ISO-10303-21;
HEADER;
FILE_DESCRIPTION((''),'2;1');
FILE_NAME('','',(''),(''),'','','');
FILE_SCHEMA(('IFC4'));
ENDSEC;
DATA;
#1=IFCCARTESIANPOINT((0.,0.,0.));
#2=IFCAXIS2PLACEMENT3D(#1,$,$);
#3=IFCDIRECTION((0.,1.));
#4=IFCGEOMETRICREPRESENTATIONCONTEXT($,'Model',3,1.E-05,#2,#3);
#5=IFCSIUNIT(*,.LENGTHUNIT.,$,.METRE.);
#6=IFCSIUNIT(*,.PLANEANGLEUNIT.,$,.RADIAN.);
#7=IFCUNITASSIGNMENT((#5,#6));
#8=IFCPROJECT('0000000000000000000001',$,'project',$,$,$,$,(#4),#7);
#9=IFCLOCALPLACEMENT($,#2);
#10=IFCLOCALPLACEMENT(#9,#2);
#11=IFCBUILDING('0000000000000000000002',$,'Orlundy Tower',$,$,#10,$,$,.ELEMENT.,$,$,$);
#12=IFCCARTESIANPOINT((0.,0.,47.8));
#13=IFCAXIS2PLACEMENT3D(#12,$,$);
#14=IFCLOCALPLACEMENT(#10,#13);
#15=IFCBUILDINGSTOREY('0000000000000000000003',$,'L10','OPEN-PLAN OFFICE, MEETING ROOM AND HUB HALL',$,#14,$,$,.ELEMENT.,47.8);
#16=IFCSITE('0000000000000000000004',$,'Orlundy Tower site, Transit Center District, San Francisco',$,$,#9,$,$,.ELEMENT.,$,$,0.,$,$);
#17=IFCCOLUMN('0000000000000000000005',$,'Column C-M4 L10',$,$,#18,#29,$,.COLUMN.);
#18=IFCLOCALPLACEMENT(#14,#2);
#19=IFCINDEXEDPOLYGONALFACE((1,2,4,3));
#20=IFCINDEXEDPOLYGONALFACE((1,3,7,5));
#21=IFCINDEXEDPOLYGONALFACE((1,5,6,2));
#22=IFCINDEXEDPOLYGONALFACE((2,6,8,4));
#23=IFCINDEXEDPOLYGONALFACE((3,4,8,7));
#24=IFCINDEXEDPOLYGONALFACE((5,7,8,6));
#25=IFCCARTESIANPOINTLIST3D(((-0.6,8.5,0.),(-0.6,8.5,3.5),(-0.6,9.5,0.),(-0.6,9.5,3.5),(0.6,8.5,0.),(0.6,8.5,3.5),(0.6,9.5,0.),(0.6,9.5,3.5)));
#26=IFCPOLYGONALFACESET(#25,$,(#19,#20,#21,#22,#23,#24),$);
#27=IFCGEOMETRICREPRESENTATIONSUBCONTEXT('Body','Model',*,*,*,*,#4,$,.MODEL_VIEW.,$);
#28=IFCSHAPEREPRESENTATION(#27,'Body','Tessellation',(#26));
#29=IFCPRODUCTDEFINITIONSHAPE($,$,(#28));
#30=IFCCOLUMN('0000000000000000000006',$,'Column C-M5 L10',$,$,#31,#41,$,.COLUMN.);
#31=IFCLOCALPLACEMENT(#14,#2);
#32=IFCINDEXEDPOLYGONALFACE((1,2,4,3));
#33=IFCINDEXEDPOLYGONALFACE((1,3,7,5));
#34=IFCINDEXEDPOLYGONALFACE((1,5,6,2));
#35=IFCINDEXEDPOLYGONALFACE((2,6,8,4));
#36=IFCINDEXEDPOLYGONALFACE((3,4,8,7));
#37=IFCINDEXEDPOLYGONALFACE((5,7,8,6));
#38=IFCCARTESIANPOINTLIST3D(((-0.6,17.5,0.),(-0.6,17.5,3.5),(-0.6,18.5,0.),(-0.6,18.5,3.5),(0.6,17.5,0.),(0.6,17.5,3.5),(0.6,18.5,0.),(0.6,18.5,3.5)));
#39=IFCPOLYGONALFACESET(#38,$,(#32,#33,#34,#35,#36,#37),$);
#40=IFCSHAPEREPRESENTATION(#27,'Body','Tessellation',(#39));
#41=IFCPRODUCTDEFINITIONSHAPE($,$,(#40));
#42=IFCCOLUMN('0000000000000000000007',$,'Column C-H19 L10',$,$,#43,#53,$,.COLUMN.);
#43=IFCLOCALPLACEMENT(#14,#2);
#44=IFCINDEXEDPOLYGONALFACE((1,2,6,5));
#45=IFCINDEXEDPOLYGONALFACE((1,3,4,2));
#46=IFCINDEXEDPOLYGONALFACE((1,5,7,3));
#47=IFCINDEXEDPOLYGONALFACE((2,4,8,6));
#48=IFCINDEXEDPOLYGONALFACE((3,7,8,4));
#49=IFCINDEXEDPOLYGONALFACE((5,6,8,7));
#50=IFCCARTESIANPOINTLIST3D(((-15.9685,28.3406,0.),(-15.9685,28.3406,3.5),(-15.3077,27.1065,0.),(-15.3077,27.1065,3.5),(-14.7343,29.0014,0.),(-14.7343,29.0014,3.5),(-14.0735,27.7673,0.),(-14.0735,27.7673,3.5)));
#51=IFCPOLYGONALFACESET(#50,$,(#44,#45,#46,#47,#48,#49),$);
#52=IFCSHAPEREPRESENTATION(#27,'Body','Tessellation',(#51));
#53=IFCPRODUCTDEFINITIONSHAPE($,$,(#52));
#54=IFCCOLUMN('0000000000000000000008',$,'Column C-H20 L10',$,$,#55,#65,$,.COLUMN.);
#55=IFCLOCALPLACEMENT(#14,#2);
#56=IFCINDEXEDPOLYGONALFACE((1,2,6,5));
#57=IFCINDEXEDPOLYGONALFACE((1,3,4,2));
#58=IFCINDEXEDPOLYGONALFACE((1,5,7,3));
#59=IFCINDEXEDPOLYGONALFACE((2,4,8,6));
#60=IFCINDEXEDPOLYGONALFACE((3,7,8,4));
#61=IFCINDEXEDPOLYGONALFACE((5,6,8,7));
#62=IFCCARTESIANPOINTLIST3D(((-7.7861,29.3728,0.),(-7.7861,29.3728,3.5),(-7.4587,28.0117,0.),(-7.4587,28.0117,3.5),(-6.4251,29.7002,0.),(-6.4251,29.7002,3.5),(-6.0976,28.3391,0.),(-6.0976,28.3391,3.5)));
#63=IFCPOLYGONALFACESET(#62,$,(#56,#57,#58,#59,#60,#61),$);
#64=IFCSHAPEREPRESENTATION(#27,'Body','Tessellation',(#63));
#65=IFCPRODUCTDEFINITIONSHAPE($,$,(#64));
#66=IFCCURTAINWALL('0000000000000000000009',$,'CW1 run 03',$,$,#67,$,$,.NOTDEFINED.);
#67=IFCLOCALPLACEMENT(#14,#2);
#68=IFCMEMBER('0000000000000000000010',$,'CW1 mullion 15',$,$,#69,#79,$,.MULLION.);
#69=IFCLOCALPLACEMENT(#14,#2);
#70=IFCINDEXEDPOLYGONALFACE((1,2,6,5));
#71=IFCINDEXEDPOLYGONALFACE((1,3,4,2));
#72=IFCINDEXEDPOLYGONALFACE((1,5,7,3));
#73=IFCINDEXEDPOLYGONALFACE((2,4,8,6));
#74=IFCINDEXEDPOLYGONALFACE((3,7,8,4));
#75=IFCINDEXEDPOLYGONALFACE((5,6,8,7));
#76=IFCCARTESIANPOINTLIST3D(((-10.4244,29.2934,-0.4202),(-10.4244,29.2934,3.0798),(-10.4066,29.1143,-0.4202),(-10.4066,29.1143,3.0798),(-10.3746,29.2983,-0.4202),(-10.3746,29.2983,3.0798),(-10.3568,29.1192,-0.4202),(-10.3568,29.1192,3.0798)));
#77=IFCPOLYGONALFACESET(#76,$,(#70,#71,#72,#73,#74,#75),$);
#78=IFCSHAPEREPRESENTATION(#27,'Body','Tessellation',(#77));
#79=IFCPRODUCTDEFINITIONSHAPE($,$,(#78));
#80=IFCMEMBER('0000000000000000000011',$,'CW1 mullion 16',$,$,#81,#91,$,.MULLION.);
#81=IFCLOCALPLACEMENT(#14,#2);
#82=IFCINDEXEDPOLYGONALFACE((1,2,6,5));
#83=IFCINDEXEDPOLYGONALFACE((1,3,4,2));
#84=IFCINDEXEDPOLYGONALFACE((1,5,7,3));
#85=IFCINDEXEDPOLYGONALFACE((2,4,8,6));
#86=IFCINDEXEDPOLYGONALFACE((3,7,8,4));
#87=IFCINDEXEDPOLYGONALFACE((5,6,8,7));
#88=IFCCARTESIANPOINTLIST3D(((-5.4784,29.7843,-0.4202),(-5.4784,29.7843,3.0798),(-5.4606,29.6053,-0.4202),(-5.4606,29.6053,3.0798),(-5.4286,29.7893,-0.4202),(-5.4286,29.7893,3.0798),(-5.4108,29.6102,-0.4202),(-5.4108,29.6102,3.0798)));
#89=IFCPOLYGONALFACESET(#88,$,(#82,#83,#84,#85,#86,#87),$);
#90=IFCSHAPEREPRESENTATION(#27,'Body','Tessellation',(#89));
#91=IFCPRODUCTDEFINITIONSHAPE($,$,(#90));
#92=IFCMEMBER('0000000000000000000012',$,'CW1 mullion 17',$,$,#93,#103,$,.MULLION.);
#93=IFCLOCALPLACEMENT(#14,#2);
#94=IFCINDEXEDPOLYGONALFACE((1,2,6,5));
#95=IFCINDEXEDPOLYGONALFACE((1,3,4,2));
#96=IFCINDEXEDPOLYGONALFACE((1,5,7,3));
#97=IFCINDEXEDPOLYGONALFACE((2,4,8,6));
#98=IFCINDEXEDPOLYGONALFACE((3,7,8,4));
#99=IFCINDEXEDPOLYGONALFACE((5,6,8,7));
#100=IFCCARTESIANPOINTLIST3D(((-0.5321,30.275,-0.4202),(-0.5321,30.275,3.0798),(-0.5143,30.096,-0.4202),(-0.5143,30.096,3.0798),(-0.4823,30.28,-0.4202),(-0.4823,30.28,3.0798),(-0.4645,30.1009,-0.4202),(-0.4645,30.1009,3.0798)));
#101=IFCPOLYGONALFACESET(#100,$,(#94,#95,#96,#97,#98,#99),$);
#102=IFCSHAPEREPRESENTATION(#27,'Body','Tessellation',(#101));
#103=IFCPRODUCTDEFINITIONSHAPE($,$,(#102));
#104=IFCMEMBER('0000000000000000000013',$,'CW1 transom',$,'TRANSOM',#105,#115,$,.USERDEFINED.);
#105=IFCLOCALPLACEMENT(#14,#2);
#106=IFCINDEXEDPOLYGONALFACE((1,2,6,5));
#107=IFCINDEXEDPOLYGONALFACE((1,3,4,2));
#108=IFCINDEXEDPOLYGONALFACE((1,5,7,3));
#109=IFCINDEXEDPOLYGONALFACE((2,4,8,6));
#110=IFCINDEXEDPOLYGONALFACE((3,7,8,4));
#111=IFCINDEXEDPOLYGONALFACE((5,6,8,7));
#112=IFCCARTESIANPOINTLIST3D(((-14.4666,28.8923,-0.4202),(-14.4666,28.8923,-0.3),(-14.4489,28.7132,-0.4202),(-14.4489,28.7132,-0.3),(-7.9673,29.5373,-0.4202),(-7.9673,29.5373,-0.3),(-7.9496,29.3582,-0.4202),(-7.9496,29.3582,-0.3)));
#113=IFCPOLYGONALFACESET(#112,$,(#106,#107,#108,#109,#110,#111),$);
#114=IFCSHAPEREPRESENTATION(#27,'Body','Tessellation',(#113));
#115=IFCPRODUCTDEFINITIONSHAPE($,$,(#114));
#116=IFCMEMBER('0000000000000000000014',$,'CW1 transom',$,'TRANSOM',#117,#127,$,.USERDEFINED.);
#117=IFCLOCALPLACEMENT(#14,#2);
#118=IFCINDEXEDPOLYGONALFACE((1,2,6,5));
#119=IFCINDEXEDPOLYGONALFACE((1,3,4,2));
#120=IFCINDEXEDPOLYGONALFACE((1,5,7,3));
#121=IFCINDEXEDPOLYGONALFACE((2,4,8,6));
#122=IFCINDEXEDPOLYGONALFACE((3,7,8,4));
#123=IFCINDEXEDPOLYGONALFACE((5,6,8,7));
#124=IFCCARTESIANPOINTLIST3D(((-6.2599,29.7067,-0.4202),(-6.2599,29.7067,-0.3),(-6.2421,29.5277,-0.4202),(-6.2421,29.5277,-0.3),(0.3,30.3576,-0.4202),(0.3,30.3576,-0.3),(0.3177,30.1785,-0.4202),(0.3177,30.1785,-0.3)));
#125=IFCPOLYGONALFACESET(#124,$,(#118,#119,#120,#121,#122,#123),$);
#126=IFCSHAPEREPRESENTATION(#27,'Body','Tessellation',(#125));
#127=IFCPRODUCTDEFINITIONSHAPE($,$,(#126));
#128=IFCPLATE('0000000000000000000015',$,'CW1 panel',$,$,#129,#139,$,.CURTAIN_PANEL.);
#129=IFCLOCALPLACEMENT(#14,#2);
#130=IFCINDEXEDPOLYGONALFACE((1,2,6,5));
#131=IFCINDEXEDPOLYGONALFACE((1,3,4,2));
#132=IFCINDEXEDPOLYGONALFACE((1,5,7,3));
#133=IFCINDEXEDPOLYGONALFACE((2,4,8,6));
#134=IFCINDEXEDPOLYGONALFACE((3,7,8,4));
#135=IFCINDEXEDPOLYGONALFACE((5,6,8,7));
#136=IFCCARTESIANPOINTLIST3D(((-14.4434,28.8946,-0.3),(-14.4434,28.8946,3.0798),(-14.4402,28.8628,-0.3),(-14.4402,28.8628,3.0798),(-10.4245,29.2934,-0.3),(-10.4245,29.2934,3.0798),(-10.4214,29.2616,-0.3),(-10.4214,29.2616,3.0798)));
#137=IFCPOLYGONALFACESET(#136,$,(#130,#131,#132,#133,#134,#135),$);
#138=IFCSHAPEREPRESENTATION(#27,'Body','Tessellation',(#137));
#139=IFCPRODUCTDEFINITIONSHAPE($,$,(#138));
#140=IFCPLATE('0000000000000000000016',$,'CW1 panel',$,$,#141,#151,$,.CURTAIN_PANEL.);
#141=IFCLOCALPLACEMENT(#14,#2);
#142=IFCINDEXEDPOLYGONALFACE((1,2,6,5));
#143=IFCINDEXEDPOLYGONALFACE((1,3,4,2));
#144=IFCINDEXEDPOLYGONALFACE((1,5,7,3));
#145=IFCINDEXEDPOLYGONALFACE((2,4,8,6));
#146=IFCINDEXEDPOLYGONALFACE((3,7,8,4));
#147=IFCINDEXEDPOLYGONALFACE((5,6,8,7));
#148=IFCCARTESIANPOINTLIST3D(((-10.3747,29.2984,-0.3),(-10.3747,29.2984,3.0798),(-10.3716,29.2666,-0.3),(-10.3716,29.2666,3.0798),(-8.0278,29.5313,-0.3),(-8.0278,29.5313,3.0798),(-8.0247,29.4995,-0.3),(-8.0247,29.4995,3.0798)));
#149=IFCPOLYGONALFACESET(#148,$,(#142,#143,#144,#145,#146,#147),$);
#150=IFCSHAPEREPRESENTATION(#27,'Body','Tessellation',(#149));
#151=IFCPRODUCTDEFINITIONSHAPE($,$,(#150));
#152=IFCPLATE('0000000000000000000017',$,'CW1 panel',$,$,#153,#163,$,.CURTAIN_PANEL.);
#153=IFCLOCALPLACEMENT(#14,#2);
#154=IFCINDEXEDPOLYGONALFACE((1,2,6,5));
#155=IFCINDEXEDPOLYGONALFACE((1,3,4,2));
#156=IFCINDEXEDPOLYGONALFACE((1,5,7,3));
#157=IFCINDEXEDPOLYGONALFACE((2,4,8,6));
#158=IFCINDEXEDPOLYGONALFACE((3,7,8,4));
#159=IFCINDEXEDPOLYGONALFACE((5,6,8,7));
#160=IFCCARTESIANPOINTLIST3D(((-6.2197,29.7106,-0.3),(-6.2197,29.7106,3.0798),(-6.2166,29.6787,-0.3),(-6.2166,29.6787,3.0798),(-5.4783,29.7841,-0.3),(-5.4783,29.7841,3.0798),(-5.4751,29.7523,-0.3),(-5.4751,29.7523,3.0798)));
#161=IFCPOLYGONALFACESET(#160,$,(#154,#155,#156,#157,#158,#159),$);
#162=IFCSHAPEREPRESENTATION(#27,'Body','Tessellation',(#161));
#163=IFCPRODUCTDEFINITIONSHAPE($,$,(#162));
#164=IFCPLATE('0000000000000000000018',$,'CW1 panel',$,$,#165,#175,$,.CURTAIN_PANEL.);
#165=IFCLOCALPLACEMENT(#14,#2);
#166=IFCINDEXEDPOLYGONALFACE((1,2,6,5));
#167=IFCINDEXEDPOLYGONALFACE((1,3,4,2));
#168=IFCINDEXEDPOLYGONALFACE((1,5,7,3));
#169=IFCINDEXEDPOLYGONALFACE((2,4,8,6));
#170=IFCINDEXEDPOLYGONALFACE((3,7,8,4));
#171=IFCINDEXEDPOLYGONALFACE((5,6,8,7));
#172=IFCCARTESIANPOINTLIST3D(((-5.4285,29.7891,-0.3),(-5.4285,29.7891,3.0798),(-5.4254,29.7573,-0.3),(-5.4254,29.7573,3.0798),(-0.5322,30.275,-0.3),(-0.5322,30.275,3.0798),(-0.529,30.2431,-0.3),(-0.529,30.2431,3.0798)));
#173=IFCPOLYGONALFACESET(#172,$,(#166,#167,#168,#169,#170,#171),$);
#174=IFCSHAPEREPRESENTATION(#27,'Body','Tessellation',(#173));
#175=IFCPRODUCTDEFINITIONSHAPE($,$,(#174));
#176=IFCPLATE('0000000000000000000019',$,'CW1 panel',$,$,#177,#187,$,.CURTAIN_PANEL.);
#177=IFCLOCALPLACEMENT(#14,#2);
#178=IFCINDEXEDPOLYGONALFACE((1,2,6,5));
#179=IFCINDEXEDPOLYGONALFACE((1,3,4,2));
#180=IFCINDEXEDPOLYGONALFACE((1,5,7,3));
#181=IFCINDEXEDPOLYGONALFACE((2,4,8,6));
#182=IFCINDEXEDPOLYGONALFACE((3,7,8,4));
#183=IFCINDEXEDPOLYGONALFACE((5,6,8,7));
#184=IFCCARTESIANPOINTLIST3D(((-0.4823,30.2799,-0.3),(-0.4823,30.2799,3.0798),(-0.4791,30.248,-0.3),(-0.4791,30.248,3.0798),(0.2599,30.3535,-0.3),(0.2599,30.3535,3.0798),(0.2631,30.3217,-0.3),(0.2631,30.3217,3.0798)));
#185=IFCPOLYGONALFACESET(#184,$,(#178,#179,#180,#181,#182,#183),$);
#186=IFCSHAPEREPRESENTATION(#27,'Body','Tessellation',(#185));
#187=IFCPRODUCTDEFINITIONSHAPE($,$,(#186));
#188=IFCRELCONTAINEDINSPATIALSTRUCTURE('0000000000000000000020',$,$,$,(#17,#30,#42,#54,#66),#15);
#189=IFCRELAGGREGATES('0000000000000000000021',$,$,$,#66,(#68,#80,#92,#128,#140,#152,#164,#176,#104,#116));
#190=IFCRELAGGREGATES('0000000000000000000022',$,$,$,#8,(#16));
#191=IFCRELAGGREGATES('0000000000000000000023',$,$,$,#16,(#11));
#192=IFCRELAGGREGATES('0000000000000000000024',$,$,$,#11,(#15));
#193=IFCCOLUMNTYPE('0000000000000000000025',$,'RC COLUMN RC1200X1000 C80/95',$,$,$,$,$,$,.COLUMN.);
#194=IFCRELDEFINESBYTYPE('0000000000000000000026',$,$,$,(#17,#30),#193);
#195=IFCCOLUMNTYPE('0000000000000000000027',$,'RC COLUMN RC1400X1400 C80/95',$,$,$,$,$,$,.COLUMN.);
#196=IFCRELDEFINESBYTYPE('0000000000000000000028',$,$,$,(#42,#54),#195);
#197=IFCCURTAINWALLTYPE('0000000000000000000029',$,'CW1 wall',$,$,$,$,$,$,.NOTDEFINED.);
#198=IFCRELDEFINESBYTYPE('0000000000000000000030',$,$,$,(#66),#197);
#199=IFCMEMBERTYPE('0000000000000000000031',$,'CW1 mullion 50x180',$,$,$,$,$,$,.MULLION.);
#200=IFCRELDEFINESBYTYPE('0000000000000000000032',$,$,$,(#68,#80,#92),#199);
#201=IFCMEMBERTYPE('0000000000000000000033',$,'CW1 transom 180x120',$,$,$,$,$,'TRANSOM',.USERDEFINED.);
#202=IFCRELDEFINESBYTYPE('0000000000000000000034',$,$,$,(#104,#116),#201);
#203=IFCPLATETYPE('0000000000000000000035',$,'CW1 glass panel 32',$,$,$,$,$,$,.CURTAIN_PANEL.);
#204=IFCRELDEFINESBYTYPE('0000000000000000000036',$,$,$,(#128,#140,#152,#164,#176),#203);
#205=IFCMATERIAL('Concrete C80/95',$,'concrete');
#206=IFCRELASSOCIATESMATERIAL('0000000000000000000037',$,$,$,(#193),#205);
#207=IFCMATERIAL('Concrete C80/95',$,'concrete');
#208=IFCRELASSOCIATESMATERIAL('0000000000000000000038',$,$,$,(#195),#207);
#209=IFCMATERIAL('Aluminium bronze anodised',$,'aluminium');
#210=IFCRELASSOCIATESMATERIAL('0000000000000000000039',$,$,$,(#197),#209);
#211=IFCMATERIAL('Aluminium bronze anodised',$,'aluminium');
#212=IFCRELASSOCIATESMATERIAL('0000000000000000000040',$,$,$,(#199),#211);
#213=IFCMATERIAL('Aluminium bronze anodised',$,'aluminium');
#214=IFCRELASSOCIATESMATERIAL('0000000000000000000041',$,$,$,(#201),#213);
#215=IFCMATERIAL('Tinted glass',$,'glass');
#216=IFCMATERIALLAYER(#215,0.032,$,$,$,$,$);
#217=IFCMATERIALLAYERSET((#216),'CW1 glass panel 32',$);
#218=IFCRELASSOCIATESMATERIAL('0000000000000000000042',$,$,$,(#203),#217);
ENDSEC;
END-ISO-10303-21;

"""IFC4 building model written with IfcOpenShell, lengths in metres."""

from ifc_helpers import new_model, si_unit, direction, frame, origin, origin_2d, place, context, subcontext, project, spatial, rectangle, extrude, material, layer, layer_set, material_profile, profile_set, type_object, element, aggregate, save


model = new_model("IFC4")

# Units and contexts
model_context = context("Model", 3, precision=1e-05, world=origin(), true_north=direction((0.0, 1.0)))
body_context = subcontext(model_context, "Body", "Model", "MODEL_VIEW")
ifc_project = project(units=[si_unit("LENGTHUNIT", "METRE"), si_unit("PLANEANGLEUNIT", "RADIAN")], contexts=[model_context])

# Site, building, storey
site_placement = place(None, origin())
site = spatial("IfcSite", under=ifc_project, at=site_placement, Name="Orlundy Tower site, Transit Center District, San Francisco", CompositionType="ELEMENT", RefElevation=0.0)
building_placement = place(site_placement, origin())
building = spatial("IfcBuilding", under=site, at=building_placement, Name="Orlundy Tower", CompositionType="ELEMENT")
storey_placement = place(building_placement, frame((0.0, 0.0, 47.8)))
storey = spatial("IfcBuildingStorey", under=building, at=storey_placement, Name="L10", Description="OPEN-PLAN OFFICE, MEETING ROOM AND HUB HALL", CompositionType="ELEMENT", Elevation=47.8)

# Columns
ifc_material_1 = material(Name="Concrete C80/95", Category="concrete")
ifc_material_profile_1 = material_profile(ifc_material_1, rectangle(XDim=1.2, YDim=1.0, at=origin_2d()), Name="RC1200X1000")
ifc_profile_set_1 = profile_set([ifc_material_profile_1], Name="Concrete C80/95")
column_type_1 = type_object("IfcColumnType", Name="RC COLUMN RC1200X1000 C80/95", PredefinedType="COLUMN", material=ifc_profile_set_1)
for number, where, z_axis, x_axis, name in (
    (1, (0.0, 9.0, 0.0), (0.0, 0.0, 1.0), (1.0, 0.0, 0.0), "Column C-M4 L10"),
    (2, (0.0, 18.0, 0.0), (0.0, 0.0, 1.0), (1.0, 0.0, 0.0), "Column C-M5 L10"),
):
    element("IfcColumn", number, at=place(storey_placement, frame(where, z_axis=z_axis, x_axis=x_axis)), inside=storey, type_object=column_type_1, Name=name, PredefinedType="COLUMN", context=body_context, shape_type="SweptSolid", body=[
        extrude(rectangle(XDim=1.2, YDim=1.0, at=origin_2d()), origin(), (0.0, 0.0, 1.0), 3.5),
    ])
ifc_material_2 = material(Name="Concrete C80/95", Category="concrete")
ifc_material_profile_2 = material_profile(ifc_material_2, rectangle(XDim=1.3999, YDim=1.3999, at=origin_2d()), Name="RC1400X1400")
ifc_profile_set_2 = profile_set([ifc_material_profile_2], Name="Concrete C80/95")
column_type_2 = type_object("IfcColumnType", Name="RC COLUMN RC1400X1400 C80/95", PredefinedType="COLUMN", material=ifc_profile_set_2)
for number, where, z_axis, x_axis, name in (
    (3, (-15.021, 28.054, 0.0), (0.0, 0.0, 1.0), (-0.472028, 0.881584, 0.0), "Column C-H19 L10"),
    (4, (-6.9419, 28.856, 0.0), (0.0, 0.0, 1.0), (-0.233904, 0.97226, 0.0), "Column C-H20 L10"),
):
    element("IfcColumn", number, at=place(storey_placement, frame(where, z_axis=z_axis, x_axis=x_axis)), inside=storey, type_object=column_type_2, Name=name, PredefinedType="COLUMN", context=body_context, shape_type="SweptSolid", body=[
        extrude(rectangle(XDim=1.3999, YDim=1.3999, at=origin_2d()), origin(), (0.0, 0.0, 1.0), 3.5),
    ])

# Curtain wall, members, plates
ifc_material_3 = material(Name="Aluminium bronze anodised", Category="aluminium")
curtain_wall_type = type_object("IfcCurtainWallType", Name="CW1 wall", PredefinedType="NOTDEFINED", material=ifc_material_3)
curtain_wall_placement = place(storey_placement, origin())
curtain_wall = element("IfcCurtainWall", 5, at=curtain_wall_placement, inside=storey, type_object=curtain_wall_type, Name="CW1 run 03", PredefinedType="NOTDEFINED")
ifc_material_4 = material(Name="Aluminium bronze anodised", Category="aluminium")
ifc_material_profile_3 = material_profile(ifc_material_4, rectangle(XDim=0.1799, YDim=0.05, at=origin_2d()), Name="CW1 mullion 50x180")
ifc_profile_set_3 = profile_set([ifc_material_profile_3], Name="Aluminium bronze anodised")
member_type_1 = type_object("IfcMemberType", Name="CW1 mullion 50x180", PredefinedType="MULLION", material=ifc_profile_set_3)
member_1_placement = place(storey_placement, frame((-10.3906, 29.2063, -0.4202), z_axis=(0.0, 0.0, 1.0), x_axis=(-0.098743, 0.995113, 0.0)))
member_1 = element("IfcMember", 6, at=member_1_placement, type_object=member_type_1, Name="CW1 mullion 15", PredefinedType="MULLION", context=body_context, shape_type="SweptSolid", body=[
    extrude(rectangle(XDim=0.1799, YDim=0.05, at=origin_2d()), origin(), (0.0, 0.0, 1.0), 3.5),
])
member_2_placement = place(storey_placement, frame((-5.4446, 29.6973, -0.4202), z_axis=(0.0, 0.0, 1.0), x_axis=(-0.098743, 0.995113, 0.0)))
member_2 = element("IfcMember", 7, at=member_2_placement, type_object=member_type_1, Name="CW1 mullion 16", PredefinedType="MULLION", context=body_context, shape_type="SweptSolid", body=[
    extrude(rectangle(XDim=0.1799, YDim=0.05, at=origin_2d()), origin(), (0.0, 0.0, 1.0), 3.5),
])
member_3_placement = place(storey_placement, frame((-0.4983, 30.188, -0.4202), z_axis=(0.0, 0.0, 1.0), x_axis=(-0.098743, 0.995113, 0.0)))
member_3 = element("IfcMember", 8, at=member_3_placement, type_object=member_type_1, Name="CW1 mullion 17", PredefinedType="MULLION", context=body_context, shape_type="SweptSolid", body=[
    extrude(rectangle(XDim=0.1799, YDim=0.05, at=origin_2d()), origin(), (0.0, 0.0, 1.0), 3.5),
])
ifc_material_5 = material(Name="Aluminium bronze anodised", Category="aluminium")
ifc_material_profile_4 = material_profile(ifc_material_5, rectangle(XDim=0.1799, YDim=0.1201, at=origin_2d()), Name="CW1 transom 180x120")
ifc_profile_set_4 = profile_set([ifc_material_profile_4], Name="Aluminium bronze anodised")
member_type_2 = type_object("IfcMemberType", Name="CW1 transom 180x120", ElementType="TRANSOM", PredefinedType="USERDEFINED", material=ifc_profile_set_4)
member_4_placement = place(storey_placement, frame((-14.4578, 28.8027, -0.3601), z_axis=(0.995111, 0.09876, 0.0), x_axis=(-0.09876, 0.995111, 0.0)))
member_4 = element("IfcMember", 9, at=member_4_placement, type_object=member_type_2, Name="CW1 transom", ObjectType="TRANSOM", PredefinedType="USERDEFINED", context=body_context, shape_type="SweptSolid", body=[
    extrude(rectangle(XDim=0.1799, YDim=0.1201, at=origin_2d()), origin(), (0.0, 0.0, 1.0), 6.5312),
])
member_5_placement = place(storey_placement, frame((-6.251, 29.6172, -0.3601), z_axis=(0.995114, 0.098737, 0.0), x_axis=(-0.098737, 0.995114, 0.0)))
member_5 = element("IfcMember", 10, at=member_5_placement, type_object=member_type_2, Name="CW1 transom", ObjectType="TRANSOM", PredefinedType="USERDEFINED", context=body_context, shape_type="SweptSolid", body=[
    extrude(rectangle(XDim=0.1799, YDim=0.1201, at=origin_2d()), origin(), (0.0, 0.0, 1.0), 6.592),
])
ifc_material_6 = material(Name="Tinted glass", Category="glass")
ifc_layer_1 = layer(ifc_material_6, 0.032)
ifc_layer_set_1 = layer_set([ifc_layer_1], Name="CW1 glass panel 32")
plate_type = type_object("IfcPlateType", Name="CW1 glass panel 32", PredefinedType="CURTAIN_PANEL", material=ifc_layer_set_1)
plate_1_placement = place(storey_placement, frame((-12.4324, 29.0781, -0.3), z_axis=(0.0, 0.0, 1.0), x_axis=(0.995113, 0.098743, 0.0)))
plate_1 = element("IfcPlate", 11, at=plate_1_placement, type_object=plate_type, Name="CW1 panel", PredefinedType="CURTAIN_PANEL", context=body_context, shape_type="SweptSolid", body=[
    extrude(rectangle(XDim=4.0386, YDim=0.032, at=origin_2d()), origin(), (0.0, 0.0, 1.0), 3.3799),
])
plate_2_placement = place(storey_placement, frame((-9.1997, 29.3989, -0.3), z_axis=(0.0, 0.0, 1.0), x_axis=(0.995113, 0.098743, 0.0)))
plate_2 = element("IfcPlate", 12, at=plate_2_placement, type_object=plate_type, Name="CW1 panel", PredefinedType="CURTAIN_PANEL", context=body_context, shape_type="SweptSolid", body=[
    extrude(rectangle(XDim=2.3584, YDim=0.032, at=origin_2d()), origin(), (0.0, 0.0, 1.0), 3.3799),
])
plate_3_placement = place(storey_placement, frame((-5.8474, 29.7314, -0.3), z_axis=(0.0, 0.0, 1.0), x_axis=(0.995113, 0.098743, 0.0)))
plate_3 = element("IfcPlate", 13, at=plate_3_placement, type_object=plate_type, Name="CW1 panel", PredefinedType="CURTAIN_PANEL", context=body_context, shape_type="SweptSolid", body=[
    extrude(rectangle(XDim=0.7451, YDim=0.032, at=origin_2d()), origin(), (0.0, 0.0, 1.0), 3.3799),
])
plate_4_placement = place(storey_placement, frame((-2.9788, 30.0161, -0.3), z_axis=(0.0, 0.0, 1.0), x_axis=(0.995113, 0.098743, 0.0)))
plate_4 = element("IfcPlate", 14, at=plate_4_placement, type_object=plate_type, Name="CW1 panel", PredefinedType="CURTAIN_PANEL", context=body_context, shape_type="SweptSolid", body=[
    extrude(rectangle(XDim=4.9204, YDim=0.032, at=origin_2d()), origin(), (0.0, 0.0, 1.0), 3.3799),
])
plate_5_placement = place(storey_placement, frame((-0.1096, 30.3008, -0.3), z_axis=(0.0, 0.0, 1.0), x_axis=(0.995113, 0.098743, 0.0)))
plate_5 = element("IfcPlate", 15, at=plate_5_placement, type_object=plate_type, Name="CW1 panel", PredefinedType="CURTAIN_PANEL", context=body_context, shape_type="SweptSolid", body=[
    extrude(rectangle(XDim=0.7458, YDim=0.032, at=origin_2d()), origin(), (0.0, 0.0, 1.0), 3.3799),
])
aggregate(curtain_wall, [member_1, member_2, member_3, plate_1, plate_2, plate_3, plate_4, plate_5, member_4, member_5])

save(model, "model.ifc")
